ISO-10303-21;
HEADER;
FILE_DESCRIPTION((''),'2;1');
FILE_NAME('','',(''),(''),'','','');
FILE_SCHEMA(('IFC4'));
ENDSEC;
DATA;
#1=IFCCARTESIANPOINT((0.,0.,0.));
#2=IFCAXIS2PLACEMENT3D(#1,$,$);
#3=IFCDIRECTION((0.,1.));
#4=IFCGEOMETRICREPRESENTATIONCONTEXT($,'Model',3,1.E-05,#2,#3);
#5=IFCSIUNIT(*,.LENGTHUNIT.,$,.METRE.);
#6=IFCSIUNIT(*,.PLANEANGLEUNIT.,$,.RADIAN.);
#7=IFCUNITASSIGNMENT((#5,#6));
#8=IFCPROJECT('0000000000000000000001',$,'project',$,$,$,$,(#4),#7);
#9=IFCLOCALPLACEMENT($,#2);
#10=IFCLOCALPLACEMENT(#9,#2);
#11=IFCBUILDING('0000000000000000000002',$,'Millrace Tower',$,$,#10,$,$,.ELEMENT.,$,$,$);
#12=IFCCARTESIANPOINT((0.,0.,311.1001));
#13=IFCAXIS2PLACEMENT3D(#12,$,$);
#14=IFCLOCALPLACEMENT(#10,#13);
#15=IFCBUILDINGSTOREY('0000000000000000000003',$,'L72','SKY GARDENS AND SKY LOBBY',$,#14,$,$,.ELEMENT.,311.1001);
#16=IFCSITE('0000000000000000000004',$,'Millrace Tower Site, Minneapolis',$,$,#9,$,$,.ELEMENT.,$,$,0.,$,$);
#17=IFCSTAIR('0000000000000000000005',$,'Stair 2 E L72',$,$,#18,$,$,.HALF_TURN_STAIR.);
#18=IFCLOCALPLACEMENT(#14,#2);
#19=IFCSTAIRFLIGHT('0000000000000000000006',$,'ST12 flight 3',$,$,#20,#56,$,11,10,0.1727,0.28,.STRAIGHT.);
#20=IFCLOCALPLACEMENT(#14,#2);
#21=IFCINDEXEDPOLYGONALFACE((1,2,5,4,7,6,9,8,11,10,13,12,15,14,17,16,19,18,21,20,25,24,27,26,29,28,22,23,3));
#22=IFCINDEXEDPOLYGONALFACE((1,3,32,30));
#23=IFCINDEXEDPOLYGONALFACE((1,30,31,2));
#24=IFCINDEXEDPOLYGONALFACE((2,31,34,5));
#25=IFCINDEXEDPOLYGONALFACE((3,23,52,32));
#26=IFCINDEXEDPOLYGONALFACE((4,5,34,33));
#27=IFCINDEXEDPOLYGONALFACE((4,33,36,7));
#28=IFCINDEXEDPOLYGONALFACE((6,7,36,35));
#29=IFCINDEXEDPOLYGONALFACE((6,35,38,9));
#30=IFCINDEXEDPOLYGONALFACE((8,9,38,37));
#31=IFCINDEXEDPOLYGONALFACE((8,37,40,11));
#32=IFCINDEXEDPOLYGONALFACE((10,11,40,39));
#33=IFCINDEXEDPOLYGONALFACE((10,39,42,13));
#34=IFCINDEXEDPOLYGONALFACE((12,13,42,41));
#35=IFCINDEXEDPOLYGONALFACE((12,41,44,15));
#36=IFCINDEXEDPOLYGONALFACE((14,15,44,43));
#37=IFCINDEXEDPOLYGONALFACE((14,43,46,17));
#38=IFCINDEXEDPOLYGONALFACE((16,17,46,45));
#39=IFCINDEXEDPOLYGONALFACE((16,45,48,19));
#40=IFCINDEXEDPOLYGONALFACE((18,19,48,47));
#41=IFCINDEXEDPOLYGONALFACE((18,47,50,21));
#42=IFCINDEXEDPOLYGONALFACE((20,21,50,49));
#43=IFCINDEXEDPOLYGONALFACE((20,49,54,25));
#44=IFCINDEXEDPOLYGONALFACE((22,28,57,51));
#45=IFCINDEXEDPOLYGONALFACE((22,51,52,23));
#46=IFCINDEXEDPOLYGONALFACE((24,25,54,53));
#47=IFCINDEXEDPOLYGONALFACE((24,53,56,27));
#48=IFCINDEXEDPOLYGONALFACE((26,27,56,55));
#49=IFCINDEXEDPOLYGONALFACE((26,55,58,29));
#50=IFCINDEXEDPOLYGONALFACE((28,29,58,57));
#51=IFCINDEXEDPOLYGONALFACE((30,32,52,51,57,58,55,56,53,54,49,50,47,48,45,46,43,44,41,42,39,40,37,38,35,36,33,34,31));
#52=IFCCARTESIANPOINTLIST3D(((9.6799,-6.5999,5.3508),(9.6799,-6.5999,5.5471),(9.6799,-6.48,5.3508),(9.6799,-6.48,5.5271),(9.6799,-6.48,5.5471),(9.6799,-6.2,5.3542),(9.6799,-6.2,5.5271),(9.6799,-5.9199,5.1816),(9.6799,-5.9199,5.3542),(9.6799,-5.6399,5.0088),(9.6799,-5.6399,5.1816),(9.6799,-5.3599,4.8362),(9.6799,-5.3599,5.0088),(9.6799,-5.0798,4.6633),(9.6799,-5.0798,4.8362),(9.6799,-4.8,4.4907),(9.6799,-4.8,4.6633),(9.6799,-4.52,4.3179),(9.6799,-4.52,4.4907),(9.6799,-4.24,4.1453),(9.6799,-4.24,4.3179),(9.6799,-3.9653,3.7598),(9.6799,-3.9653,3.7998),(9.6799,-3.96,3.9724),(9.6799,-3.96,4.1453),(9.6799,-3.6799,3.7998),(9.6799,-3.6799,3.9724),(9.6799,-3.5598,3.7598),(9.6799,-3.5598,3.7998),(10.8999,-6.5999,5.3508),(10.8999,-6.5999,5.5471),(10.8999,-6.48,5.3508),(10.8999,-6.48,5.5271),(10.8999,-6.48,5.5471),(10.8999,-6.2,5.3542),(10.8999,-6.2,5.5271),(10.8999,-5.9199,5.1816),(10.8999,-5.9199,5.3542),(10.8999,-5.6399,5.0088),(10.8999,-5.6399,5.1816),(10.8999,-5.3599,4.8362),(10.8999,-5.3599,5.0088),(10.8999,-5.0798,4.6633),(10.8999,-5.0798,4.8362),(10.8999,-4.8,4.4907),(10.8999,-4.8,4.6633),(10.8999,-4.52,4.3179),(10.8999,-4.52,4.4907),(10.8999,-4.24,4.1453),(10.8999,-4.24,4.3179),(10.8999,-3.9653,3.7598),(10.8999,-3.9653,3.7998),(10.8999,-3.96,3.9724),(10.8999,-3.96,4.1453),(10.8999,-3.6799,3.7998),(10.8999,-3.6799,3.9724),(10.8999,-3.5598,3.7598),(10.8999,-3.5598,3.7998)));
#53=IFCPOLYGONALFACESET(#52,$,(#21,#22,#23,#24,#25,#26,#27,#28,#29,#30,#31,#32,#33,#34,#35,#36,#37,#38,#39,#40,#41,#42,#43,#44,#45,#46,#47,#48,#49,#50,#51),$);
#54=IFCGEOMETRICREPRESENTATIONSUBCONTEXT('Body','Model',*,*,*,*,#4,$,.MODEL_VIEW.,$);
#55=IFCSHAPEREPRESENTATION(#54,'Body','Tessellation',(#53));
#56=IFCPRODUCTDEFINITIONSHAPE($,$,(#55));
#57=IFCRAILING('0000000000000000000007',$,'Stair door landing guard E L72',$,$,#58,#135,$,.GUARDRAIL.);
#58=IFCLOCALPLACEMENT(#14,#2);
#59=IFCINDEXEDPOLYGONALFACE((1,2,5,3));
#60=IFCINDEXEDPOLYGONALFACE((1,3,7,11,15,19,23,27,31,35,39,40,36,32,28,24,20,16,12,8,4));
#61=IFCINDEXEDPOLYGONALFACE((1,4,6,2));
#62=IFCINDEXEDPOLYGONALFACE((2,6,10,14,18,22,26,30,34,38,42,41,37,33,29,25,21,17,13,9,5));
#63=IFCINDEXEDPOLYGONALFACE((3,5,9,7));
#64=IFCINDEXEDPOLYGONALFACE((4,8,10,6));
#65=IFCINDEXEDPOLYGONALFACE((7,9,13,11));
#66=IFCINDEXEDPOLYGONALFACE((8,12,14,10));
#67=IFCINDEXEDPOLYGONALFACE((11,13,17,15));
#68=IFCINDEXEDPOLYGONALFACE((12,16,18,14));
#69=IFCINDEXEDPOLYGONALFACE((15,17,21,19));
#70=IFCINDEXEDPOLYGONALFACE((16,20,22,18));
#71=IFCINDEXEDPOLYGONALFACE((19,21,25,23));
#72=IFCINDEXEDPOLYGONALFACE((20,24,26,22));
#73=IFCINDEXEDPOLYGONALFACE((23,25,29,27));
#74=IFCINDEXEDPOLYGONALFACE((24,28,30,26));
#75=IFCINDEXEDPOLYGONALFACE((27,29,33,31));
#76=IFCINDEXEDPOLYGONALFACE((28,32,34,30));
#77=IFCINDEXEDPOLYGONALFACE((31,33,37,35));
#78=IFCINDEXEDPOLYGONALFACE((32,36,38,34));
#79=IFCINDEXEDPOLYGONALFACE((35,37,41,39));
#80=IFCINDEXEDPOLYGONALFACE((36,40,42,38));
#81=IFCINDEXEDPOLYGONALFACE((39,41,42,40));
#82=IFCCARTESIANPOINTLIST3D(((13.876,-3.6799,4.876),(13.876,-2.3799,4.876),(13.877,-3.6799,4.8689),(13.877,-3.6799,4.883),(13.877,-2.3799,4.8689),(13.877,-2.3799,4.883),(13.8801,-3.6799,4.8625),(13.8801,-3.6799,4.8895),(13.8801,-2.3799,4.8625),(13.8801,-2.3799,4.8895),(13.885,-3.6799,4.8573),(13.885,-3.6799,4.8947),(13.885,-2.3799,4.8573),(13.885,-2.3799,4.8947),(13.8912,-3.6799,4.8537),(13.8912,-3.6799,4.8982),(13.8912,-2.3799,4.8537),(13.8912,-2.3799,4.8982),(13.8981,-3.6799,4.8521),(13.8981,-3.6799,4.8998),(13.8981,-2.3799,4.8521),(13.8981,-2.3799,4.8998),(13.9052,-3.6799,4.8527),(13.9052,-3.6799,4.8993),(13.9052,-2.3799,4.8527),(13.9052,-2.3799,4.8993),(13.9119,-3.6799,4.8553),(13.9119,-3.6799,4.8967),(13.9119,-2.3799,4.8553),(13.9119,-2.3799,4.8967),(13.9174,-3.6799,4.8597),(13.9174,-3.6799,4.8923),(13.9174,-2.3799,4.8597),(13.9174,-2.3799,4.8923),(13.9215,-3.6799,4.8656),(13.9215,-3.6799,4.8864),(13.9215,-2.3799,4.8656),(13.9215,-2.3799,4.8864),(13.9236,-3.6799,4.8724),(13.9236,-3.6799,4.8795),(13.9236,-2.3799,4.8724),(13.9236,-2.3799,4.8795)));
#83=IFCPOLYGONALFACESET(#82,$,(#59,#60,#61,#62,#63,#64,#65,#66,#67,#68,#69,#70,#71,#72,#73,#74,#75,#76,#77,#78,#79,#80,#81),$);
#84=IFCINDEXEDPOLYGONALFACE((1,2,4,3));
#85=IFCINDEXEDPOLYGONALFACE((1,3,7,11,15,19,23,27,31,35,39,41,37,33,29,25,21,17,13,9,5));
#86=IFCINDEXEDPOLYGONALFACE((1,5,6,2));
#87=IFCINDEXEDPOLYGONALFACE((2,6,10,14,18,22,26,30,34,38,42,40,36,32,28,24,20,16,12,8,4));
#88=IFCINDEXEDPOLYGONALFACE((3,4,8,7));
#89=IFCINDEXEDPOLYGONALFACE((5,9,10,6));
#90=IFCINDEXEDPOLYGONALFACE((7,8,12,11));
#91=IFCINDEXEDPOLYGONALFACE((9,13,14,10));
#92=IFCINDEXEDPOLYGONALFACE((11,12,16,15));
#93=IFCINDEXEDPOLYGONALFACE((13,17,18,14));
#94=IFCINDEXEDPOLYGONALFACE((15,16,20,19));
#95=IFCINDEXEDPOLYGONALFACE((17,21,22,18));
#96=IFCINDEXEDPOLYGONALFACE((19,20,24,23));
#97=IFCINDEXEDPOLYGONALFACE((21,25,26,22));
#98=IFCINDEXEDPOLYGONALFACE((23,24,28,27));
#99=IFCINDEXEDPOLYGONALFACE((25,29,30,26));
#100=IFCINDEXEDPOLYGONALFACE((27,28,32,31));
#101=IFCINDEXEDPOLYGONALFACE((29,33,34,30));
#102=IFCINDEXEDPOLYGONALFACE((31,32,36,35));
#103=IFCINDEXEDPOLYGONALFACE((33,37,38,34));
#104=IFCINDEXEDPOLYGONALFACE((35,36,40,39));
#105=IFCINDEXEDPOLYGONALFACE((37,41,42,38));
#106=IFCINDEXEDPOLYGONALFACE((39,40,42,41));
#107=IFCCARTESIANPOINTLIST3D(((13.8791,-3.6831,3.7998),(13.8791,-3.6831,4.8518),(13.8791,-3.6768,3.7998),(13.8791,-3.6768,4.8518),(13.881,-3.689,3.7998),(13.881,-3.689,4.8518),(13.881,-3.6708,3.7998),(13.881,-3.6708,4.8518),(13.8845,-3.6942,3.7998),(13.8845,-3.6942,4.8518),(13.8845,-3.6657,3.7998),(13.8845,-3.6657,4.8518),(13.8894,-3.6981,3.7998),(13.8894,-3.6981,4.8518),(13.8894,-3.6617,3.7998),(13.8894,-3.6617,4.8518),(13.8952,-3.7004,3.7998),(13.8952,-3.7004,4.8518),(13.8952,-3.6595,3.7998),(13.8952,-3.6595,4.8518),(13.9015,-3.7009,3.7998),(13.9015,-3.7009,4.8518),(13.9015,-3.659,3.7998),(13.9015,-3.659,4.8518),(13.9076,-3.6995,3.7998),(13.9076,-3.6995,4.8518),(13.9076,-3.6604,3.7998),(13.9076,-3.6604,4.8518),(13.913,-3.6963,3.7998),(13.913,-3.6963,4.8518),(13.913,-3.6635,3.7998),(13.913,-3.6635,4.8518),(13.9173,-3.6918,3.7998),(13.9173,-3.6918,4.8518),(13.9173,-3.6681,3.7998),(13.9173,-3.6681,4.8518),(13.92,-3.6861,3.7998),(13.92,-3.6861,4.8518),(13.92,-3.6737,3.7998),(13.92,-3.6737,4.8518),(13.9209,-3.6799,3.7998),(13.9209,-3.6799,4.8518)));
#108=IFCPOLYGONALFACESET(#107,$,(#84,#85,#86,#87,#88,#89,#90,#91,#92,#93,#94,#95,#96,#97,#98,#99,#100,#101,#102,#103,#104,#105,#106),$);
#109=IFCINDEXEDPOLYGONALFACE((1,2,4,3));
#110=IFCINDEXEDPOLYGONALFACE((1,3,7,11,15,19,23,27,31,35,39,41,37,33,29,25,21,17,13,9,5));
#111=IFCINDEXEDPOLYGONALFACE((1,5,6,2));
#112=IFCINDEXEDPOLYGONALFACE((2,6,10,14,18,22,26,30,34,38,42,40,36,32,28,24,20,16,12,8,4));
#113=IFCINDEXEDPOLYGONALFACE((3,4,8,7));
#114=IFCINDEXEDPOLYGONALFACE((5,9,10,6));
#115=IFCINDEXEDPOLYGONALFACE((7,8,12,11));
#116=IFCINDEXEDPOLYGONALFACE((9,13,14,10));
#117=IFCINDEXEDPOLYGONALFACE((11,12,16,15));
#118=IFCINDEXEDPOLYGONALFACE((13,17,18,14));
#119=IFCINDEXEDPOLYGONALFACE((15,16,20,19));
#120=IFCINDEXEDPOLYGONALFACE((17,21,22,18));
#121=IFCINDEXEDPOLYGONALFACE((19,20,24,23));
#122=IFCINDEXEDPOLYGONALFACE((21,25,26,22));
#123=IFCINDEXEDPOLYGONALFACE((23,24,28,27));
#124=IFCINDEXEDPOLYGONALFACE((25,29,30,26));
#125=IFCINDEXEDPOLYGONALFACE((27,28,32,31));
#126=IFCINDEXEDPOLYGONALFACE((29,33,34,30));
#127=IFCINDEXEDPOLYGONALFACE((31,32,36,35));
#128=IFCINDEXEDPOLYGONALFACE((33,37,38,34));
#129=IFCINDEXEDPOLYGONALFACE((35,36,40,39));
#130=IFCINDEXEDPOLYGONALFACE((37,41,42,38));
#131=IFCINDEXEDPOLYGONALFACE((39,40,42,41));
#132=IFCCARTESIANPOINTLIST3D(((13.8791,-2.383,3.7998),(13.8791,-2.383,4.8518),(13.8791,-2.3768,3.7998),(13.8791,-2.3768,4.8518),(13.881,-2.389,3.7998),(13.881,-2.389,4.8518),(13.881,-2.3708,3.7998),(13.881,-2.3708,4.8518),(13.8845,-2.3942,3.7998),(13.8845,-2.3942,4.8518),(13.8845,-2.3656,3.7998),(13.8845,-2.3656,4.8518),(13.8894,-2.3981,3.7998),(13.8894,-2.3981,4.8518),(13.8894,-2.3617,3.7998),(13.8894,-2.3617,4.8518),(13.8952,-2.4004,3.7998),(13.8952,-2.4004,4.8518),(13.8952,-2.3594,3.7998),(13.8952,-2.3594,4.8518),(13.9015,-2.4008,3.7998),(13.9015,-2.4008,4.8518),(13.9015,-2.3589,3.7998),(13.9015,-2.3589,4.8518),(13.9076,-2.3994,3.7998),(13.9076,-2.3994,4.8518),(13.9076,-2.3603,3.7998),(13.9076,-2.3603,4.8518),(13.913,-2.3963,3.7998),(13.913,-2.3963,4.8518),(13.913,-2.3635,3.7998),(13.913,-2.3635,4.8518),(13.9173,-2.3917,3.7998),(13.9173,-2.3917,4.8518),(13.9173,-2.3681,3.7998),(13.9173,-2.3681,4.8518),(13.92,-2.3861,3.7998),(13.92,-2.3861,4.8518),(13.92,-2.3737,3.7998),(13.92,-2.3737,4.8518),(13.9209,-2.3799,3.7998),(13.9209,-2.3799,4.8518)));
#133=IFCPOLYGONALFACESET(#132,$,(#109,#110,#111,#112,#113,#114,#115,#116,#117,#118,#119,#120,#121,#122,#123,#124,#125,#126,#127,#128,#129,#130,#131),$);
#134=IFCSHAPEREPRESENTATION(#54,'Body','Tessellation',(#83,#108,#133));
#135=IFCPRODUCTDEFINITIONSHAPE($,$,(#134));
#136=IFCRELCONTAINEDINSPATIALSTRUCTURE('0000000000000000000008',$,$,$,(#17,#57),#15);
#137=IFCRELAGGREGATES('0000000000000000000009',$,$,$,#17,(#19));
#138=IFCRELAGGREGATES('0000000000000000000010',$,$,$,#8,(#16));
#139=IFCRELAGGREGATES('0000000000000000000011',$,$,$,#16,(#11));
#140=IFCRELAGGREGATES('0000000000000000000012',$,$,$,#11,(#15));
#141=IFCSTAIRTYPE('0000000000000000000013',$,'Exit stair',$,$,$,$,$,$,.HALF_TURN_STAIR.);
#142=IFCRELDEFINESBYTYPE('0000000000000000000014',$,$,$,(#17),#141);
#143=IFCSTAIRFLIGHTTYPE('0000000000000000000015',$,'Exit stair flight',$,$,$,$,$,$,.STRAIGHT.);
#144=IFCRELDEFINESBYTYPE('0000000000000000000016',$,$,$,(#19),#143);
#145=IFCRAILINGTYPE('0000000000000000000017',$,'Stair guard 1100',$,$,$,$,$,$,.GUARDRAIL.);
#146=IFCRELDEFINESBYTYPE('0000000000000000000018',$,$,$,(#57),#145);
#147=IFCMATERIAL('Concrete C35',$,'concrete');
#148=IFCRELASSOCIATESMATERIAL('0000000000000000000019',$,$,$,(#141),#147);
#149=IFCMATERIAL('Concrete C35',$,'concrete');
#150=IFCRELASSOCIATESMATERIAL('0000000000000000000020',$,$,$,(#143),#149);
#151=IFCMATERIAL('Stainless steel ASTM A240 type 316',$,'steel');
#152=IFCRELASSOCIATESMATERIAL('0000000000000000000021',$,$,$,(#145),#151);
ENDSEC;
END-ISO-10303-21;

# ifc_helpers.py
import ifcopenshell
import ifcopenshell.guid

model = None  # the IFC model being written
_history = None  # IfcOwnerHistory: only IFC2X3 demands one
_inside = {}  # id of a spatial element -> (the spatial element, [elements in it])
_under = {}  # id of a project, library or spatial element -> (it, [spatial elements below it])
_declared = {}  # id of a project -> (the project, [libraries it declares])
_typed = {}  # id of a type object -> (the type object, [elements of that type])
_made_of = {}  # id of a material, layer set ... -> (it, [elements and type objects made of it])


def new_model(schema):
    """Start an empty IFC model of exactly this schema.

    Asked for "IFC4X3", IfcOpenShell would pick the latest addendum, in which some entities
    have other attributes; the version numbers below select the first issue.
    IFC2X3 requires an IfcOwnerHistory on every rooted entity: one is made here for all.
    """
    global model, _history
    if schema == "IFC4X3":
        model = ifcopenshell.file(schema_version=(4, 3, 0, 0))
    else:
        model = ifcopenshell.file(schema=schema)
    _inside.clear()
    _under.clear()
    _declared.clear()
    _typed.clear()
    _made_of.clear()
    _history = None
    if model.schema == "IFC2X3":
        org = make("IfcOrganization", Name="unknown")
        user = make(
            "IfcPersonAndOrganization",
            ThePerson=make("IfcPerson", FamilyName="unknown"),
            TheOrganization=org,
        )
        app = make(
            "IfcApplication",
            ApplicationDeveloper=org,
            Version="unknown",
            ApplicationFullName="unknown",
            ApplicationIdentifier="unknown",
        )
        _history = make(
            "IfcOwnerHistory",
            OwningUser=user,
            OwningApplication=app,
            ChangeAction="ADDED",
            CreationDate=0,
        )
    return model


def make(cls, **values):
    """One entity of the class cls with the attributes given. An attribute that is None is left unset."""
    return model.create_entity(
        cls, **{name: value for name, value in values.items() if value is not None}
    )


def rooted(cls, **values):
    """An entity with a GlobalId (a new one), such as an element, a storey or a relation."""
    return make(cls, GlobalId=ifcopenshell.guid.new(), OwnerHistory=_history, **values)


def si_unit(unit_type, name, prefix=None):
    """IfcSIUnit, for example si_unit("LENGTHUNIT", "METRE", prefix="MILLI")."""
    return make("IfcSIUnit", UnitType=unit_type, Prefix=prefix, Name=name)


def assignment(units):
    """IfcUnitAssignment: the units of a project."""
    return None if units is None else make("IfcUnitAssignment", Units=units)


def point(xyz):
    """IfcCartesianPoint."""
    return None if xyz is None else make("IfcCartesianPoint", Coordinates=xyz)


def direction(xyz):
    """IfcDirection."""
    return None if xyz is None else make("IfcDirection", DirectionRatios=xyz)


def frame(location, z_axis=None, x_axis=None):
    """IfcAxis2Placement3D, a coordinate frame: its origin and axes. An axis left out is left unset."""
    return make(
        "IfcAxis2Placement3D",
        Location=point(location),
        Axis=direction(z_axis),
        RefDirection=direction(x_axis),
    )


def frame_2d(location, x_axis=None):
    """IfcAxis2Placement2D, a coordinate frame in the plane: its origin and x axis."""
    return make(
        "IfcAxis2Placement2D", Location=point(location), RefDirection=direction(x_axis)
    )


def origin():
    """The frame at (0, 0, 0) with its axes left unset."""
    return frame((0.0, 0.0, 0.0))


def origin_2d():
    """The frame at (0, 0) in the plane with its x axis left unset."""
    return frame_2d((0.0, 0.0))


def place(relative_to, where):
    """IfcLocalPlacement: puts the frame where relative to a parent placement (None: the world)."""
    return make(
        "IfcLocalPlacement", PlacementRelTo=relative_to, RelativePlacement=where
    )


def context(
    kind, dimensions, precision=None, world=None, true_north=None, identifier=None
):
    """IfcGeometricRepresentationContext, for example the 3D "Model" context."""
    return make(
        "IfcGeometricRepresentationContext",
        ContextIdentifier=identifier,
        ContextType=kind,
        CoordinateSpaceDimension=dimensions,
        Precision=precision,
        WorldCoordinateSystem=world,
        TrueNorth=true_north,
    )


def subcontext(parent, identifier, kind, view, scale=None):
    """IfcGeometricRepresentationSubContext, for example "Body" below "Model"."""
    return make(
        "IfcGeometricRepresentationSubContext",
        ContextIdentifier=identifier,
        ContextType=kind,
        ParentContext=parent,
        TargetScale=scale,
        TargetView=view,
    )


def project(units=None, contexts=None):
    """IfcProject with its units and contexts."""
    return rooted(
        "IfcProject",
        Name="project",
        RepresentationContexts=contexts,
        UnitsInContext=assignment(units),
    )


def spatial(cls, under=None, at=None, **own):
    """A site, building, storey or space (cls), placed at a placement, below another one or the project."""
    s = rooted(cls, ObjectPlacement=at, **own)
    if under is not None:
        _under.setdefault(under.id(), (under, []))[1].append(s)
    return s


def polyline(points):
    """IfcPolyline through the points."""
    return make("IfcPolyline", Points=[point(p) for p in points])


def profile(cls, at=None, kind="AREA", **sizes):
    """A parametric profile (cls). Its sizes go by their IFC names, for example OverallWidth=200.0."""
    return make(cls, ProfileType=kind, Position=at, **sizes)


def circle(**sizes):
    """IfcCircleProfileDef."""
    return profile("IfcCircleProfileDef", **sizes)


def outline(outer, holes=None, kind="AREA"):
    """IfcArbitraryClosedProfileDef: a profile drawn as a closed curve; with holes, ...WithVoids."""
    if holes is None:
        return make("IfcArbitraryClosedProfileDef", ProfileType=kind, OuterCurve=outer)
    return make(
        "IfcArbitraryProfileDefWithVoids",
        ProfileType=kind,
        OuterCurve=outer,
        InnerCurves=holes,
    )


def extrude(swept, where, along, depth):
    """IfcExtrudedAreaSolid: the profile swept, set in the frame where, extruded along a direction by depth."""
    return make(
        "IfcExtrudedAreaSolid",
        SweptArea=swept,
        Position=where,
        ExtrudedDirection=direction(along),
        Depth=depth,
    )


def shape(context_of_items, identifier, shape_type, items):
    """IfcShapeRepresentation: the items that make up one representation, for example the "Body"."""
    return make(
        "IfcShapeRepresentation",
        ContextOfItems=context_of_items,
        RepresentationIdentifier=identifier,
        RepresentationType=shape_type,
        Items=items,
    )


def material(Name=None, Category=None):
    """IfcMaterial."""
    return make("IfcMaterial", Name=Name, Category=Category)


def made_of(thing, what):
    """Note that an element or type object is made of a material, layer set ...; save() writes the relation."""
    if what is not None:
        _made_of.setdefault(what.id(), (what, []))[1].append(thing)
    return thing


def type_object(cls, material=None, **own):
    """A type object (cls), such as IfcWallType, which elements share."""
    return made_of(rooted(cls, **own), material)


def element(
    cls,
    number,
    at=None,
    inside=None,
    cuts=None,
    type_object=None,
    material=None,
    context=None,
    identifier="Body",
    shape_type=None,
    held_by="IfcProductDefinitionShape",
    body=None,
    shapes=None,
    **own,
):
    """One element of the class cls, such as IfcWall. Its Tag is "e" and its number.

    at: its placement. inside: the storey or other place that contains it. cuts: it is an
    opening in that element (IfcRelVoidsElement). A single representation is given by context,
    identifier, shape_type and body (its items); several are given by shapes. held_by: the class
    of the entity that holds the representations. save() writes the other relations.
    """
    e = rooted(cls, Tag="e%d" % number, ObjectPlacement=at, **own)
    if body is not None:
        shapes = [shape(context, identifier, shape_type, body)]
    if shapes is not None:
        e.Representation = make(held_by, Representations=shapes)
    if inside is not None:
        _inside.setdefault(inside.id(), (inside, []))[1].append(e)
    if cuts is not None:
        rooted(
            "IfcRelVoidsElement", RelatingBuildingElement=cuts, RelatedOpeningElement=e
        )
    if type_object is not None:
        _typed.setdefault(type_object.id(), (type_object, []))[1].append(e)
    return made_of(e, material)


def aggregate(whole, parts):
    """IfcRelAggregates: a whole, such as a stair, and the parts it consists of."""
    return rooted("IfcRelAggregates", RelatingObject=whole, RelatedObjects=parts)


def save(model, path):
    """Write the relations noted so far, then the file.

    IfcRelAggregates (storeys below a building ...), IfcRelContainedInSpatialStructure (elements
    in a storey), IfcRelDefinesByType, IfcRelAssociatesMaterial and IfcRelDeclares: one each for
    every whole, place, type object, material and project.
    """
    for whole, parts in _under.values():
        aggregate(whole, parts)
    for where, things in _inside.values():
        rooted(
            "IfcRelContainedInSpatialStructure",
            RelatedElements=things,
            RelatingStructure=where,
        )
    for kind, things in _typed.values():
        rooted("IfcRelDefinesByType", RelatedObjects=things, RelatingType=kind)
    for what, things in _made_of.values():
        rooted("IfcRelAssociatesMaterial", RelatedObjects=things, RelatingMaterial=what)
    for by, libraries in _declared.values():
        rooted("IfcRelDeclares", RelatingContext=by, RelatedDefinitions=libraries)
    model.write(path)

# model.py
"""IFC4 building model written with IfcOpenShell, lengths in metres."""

from ifc_helpers import new_model, si_unit, direction, frame, origin, origin_2d, place, context, subcontext, project, spatial, polyline, circle, outline, extrude, material, type_object, element, aggregate, save


model = new_model("IFC4")

# Units and contexts
model_context = context("Model", 3, precision=1e-05, world=origin(), true_north=direction((0.0, 1.0)))
body_context = subcontext(model_context, "Body", "Model", "MODEL_VIEW")
ifc_project = project(units=[si_unit("LENGTHUNIT", "METRE"), si_unit("PLANEANGLEUNIT", "RADIAN")], contexts=[model_context])

# Site, building, storey
site_placement = place(None, origin())
site = spatial("IfcSite", under=ifc_project, at=site_placement, Name="Millrace Tower Site, Minneapolis", CompositionType="ELEMENT", RefElevation=0.0)
building_placement = place(site_placement, origin())
building = spatial("IfcBuilding", under=site, at=building_placement, Name="Millrace Tower", CompositionType="ELEMENT")
storey_placement = place(building_placement, frame((0.0, 0.0, 311.1001)))
storey = spatial("IfcBuildingStorey", under=building, at=storey_placement, Name="L72", Description="SKY GARDENS AND SKY LOBBY", CompositionType="ELEMENT", Elevation=311.1001)

# Shared definitions
placement = place(storey_placement, origin())

# Stair, stair flight
ifc_material_1 = material(Name="Concrete C35", Category="concrete")
stair_type = type_object("IfcStairType", Name="Exit stair", PredefinedType="HALF_TURN_STAIR", material=ifc_material_1)
ifc_material_2 = material(Name="Concrete C35", Category="concrete")
stair_flight_type = type_object("IfcStairFlightType", Name="Exit stair flight", PredefinedType="STRAIGHT", material=ifc_material_2)
stair_1 = element("IfcStair", 1, at=placement, inside=storey, type_object=stair_type, Name="Stair 2 E L72", PredefinedType="HALF_TURN_STAIR")
stair_flight_1_placement = place(storey_placement, frame((10.29, -3.6799, 3.7998), z_axis=(0.0, 0.0, 1.0), x_axis=(0.0, -1.0, 0.0)))
stair_flight_1 = element("IfcStairFlight", 2, at=stair_flight_1_placement, type_object=stair_flight_type, Name="ST12 flight 3", NumberOfRisers=11, NumberOfTreads=10, PredefinedType="STRAIGHT", RiserHeight=0.1727, TreadLength=0.28, context=body_context, shape_type="SweptSolid", body=[
    extrude(outline(polyline([(-0.1201, -0.04), (-0.1201, 0.0), (0.0, 0.0), (0.0, 0.1726), (0.28, 0.1726), (0.28, 0.3455), (0.5601, 0.3455), (0.5601, 0.5181), (0.8401, 0.5181), (0.8401, 0.6909), (1.1201, 0.6909), (1.1201, 0.8635), (1.3999, 0.8635), (1.3999, 1.0364), (1.6799, 1.0364), (1.6799, 1.209), (1.96, 1.209), (1.96, 1.3818), (2.24, 1.3818), (2.24, 1.5544), (2.52, 1.5544), (2.52, 1.7273), (2.8, 1.7273), (2.8, 1.7473), (2.9199, 1.7473), (2.9199, 1.551), (2.8, 1.551), (0.2854, 0.0), (0.2854, -0.04), (-0.1201, -0.04)])), frame((0.0, 0.6099, 0.0), z_axis=(0.0, -1.0, 0.0), x_axis=(1.0, 0.0, 0.0)), (0.0, 0.0, 1.0), 1.22),
])
aggregate(stair_1, [stair_flight_1])

# Railing
ifc_material_3 = material(Name="Stainless steel ASTM A240 type 316", Category="steel")
railing_type_1 = type_object("IfcRailingType", Name="Stair guard 1100", PredefinedType="GUARDRAIL", material=ifc_material_3)
railing_1_placement = place(storey_placement, frame((13.8999, -3.6799, 3.7998)))
element("IfcRailing", 3, at=railing_1_placement, inside=storey, type_object=railing_type_1, Name="Stair door landing guard E L72", PredefinedType="GUARDRAIL", context=body_context, shape_type="SweptSolid", body=[
    extrude(circle(Radius=0.0239, at=origin_2d()), frame((0.0, 0.0, 1.0762), z_axis=(0.0, 1.0, 0.0), x_axis=(-1.0, 0.0, 0.0)), (0.0, 0.0, 1.0), 1.3),
    extrude(circle(Radius=0.021, at=origin_2d()), origin(), (0.0, 0.0, 1.0), 1.052),
    extrude(circle(Radius=0.021, at=origin_2d()), frame((0.0, 1.3, 0.0)), (0.0, 0.0, 1.0), 1.052),
])

save(model, "model.ifc")
